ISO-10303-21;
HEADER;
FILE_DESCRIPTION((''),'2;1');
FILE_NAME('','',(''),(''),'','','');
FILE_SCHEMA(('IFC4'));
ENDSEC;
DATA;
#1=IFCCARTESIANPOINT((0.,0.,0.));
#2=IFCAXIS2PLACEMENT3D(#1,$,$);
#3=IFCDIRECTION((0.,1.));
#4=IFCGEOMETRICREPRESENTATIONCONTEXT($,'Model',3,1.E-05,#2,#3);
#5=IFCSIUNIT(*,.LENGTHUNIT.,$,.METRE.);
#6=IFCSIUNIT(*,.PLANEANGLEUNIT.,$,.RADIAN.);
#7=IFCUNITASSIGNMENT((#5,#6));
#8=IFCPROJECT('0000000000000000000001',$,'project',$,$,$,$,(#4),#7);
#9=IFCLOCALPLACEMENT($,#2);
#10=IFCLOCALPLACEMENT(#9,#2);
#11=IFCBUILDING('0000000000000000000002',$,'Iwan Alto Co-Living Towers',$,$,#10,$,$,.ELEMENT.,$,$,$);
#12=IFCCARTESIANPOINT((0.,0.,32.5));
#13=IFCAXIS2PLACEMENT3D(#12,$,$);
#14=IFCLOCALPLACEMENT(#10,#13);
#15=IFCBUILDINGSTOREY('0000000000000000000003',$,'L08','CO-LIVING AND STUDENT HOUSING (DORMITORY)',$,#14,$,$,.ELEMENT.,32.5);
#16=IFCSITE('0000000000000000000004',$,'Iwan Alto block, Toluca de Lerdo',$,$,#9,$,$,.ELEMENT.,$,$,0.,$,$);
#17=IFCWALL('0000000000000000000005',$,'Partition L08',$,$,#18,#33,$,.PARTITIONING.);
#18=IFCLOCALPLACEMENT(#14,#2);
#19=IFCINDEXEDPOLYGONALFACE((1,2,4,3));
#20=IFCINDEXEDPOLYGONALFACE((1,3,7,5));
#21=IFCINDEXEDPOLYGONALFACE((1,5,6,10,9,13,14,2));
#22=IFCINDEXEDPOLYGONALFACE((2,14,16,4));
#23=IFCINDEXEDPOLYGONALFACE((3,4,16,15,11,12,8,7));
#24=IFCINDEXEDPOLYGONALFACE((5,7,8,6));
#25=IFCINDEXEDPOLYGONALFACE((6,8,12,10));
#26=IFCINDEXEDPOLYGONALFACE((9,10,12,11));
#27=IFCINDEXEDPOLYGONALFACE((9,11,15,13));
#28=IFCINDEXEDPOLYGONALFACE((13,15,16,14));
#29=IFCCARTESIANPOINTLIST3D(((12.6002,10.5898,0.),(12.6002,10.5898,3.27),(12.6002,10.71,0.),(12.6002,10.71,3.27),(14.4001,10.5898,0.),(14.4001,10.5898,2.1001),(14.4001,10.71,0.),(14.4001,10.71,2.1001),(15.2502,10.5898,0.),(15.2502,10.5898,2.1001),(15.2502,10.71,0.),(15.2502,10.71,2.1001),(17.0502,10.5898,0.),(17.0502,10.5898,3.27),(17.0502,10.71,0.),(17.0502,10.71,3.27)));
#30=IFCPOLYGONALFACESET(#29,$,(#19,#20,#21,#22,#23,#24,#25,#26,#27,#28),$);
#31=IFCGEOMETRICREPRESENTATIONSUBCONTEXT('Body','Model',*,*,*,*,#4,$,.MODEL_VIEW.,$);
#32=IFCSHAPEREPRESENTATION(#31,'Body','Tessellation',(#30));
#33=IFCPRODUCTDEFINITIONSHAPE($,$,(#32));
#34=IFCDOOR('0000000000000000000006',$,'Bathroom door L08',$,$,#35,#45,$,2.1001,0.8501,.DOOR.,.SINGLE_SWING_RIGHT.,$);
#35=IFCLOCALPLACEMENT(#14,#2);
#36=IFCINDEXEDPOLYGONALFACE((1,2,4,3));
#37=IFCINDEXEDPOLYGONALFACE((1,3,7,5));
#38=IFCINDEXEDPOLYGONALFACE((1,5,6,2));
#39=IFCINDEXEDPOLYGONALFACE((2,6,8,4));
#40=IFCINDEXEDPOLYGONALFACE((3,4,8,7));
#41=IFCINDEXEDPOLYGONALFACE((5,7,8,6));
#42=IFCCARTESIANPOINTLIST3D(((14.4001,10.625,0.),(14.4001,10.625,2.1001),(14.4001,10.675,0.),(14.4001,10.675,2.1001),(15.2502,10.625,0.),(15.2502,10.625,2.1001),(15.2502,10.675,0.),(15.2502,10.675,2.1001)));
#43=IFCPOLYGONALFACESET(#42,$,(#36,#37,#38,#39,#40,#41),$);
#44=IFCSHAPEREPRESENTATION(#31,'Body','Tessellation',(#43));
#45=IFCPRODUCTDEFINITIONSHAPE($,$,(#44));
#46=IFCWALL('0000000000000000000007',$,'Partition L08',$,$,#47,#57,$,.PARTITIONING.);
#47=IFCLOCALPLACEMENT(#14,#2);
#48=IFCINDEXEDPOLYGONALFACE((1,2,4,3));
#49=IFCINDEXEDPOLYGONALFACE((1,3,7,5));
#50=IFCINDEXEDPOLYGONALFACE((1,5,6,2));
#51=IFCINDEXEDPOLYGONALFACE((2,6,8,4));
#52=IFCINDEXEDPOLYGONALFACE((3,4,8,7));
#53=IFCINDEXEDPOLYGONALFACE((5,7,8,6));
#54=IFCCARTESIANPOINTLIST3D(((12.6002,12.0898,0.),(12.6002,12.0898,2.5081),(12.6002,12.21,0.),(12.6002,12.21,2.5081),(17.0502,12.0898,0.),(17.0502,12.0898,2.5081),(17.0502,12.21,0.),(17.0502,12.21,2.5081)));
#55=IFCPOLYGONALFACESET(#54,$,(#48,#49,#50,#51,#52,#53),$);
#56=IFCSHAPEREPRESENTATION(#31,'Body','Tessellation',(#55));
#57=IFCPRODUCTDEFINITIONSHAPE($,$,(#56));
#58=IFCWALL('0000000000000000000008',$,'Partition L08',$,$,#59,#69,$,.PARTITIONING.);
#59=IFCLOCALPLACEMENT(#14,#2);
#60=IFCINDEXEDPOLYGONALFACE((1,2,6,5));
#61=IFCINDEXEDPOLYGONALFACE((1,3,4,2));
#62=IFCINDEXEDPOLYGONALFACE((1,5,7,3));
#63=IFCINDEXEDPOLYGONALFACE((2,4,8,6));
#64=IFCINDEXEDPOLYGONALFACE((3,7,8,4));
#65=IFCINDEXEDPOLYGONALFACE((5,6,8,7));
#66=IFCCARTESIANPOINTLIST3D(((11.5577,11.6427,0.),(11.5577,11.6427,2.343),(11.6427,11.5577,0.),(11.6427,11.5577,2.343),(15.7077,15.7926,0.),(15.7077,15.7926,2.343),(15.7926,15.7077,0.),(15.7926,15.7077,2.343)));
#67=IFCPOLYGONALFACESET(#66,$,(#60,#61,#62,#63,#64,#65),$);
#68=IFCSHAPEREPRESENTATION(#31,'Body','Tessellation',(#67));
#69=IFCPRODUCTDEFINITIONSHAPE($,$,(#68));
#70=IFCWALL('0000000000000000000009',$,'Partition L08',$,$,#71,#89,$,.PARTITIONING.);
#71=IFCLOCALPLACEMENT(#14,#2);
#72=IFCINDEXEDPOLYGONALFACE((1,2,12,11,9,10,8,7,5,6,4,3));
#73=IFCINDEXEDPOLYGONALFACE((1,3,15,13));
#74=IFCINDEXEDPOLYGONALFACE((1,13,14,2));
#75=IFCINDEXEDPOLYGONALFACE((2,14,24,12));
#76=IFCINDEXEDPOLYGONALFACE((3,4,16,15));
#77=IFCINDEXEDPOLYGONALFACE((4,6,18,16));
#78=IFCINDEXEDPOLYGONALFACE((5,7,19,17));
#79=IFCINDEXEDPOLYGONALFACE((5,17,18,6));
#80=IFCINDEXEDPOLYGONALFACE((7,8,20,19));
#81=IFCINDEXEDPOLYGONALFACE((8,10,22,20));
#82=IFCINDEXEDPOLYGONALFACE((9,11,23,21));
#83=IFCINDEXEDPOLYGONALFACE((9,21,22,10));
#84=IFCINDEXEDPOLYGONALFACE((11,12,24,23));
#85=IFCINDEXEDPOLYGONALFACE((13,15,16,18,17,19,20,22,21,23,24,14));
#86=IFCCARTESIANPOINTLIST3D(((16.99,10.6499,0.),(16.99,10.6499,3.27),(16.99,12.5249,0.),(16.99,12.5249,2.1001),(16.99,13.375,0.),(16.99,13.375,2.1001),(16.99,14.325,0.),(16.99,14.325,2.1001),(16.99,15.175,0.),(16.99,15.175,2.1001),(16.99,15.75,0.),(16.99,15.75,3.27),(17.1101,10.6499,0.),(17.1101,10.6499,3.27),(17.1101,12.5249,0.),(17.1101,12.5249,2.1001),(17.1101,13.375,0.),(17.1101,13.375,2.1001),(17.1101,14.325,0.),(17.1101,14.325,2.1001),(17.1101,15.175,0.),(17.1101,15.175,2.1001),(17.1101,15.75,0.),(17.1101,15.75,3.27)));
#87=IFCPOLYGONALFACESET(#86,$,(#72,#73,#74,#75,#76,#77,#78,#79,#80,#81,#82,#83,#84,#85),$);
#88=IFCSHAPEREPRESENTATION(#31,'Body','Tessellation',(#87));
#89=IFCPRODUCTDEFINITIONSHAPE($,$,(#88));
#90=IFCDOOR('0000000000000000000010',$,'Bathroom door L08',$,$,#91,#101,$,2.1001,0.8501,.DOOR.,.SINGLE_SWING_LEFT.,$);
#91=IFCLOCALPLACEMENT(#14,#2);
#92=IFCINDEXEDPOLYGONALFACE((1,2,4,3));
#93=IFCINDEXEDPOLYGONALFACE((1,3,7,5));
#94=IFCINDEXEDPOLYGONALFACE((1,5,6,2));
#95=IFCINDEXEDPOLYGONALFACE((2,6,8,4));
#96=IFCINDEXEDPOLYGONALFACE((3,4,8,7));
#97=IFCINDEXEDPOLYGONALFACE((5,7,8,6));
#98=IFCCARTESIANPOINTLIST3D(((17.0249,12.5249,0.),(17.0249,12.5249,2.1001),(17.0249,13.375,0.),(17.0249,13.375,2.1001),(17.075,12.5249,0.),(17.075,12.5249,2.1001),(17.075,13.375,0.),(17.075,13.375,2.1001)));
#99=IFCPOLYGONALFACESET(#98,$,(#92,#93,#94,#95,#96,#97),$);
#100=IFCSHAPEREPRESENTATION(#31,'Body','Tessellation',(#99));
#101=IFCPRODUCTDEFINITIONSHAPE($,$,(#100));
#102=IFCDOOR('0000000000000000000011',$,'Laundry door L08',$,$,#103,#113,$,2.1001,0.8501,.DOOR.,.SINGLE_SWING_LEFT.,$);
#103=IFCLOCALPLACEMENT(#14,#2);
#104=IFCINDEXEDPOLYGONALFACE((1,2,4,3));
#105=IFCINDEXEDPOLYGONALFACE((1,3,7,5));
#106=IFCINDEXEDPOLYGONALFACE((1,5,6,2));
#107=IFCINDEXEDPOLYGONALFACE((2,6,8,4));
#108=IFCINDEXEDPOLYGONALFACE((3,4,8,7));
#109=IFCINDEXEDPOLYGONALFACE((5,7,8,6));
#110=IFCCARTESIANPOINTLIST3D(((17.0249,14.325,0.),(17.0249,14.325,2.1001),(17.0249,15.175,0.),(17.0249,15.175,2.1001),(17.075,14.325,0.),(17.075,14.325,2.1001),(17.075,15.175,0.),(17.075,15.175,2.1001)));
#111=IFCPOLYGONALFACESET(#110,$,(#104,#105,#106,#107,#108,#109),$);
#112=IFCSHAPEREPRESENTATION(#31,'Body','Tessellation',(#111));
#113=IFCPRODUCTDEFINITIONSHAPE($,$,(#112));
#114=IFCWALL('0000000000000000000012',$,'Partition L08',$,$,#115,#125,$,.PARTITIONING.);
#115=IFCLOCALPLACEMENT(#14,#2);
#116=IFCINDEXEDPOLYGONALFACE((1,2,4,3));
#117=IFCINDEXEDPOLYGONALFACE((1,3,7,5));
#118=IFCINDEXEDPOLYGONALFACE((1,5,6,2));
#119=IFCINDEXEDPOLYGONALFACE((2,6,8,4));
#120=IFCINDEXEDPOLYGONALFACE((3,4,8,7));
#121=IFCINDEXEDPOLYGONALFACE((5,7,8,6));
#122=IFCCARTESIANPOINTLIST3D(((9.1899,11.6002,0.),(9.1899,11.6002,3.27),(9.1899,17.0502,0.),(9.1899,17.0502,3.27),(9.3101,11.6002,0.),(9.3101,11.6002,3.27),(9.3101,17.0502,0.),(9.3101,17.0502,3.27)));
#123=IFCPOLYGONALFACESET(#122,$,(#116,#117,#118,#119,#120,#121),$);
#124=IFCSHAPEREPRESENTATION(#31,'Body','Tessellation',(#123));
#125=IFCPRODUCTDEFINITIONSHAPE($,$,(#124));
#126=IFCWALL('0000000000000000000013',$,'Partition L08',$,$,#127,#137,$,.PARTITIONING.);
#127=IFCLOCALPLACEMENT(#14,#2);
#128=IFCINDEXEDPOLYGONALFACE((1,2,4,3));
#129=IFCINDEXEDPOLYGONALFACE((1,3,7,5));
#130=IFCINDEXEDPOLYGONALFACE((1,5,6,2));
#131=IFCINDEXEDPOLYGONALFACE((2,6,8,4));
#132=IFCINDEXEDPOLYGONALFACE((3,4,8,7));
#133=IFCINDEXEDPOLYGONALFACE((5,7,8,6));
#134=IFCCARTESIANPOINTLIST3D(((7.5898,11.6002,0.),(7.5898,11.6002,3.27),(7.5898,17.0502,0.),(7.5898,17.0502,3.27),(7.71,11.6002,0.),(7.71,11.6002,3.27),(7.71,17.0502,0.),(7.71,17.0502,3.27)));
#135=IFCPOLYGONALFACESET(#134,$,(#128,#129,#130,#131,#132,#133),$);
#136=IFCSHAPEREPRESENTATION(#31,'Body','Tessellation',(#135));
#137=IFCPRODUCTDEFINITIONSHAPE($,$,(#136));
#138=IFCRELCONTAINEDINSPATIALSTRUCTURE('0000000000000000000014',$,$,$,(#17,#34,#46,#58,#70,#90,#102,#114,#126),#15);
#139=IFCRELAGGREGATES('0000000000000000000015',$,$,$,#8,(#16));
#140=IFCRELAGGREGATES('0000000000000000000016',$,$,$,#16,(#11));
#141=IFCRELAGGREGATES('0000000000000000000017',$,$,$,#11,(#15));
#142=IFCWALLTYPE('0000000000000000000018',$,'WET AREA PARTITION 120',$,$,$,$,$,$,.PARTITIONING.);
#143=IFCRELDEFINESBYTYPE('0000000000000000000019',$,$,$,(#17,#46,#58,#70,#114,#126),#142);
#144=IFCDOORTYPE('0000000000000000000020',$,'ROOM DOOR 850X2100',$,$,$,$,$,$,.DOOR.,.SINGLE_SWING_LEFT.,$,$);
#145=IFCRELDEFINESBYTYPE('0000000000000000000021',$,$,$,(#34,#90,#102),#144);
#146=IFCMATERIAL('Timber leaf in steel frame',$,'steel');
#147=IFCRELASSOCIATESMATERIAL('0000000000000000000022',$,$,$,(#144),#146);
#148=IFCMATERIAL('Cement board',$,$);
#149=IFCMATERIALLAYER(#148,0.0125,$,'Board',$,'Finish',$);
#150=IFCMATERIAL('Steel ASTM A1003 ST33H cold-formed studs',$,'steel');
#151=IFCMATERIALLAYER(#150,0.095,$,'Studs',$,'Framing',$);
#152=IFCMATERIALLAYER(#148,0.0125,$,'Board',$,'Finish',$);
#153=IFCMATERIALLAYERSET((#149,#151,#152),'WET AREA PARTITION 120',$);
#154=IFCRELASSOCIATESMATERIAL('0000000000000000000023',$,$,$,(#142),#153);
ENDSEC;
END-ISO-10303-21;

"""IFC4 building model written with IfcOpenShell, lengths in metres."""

from ifc_helpers import new_model, si_unit, direction, frame, frame_2d, origin, place, context, subcontext, project, spatial, rectangle, extrude, material, layer, layer_set, type_object, element, fill, save


model = new_model("IFC4")

# Units and contexts
model_context = context("Model", 3, precision=1e-05, world=origin(), true_north=direction((0.0, 1.0)))
body_context = subcontext(model_context, "Body", "Model", "MODEL_VIEW")
ifc_project = project(units=[si_unit("LENGTHUNIT", "METRE"), si_unit("PLANEANGLEUNIT", "RADIAN")], contexts=[model_context])

# Site, building, storey
site_placement = place(None, origin())
site = spatial("IfcSite", under=ifc_project, at=site_placement, Name="Iwan Alto block, Toluca de Lerdo", CompositionType="ELEMENT", RefElevation=0.0)
building_placement = place(site_placement, origin())
building = spatial("IfcBuilding", under=site, at=building_placement, Name="Iwan Alto Co-Living Towers", CompositionType="ELEMENT")
storey_placement = place(building_placement, frame((0.0, 0.0, 32.5)))
storey = spatial("IfcBuildingStorey", under=building, at=storey_placement, Name="L08", Description="CO-LIVING AND STUDENT HOUSING (DORMITORY)", CompositionType="ELEMENT", Elevation=32.5)

# Shared definitions
ifc_material_1 = material(Name="Steel ASTM A1003 ST33H cold-formed studs", Category="steel")

# Shared definitions
ifc_material_2 = material(Name="Timber leaf in steel frame", Category="steel")
door_type_1 = type_object("IfcDoorType", Name="ROOM DOOR 850X2100", OperationType="SINGLE_SWING_LEFT", PredefinedType="DOOR", material=ifc_material_2)

# Wall, opening, door
ifc_material_3 = material(Name="Cement board")
ifc_layer_1 = layer(ifc_material_3, 0.0125, Name="Board", Category="Finish")
ifc_layer_2 = layer(ifc_material_1, 0.095, Name="Studs", Category="Framing")
ifc_layer_3 = layer(ifc_material_3, 0.0125, Name="Board", Category="Finish")
ifc_layer_set_1 = layer_set([ifc_layer_1, ifc_layer_2, ifc_layer_3], Name="WET AREA PARTITION 120")
wall_type_1 = type_object("IfcWallType", Name="WET AREA PARTITION 120", PredefinedType="PARTITIONING", material=ifc_layer_set_1)
wall_1_placement = place(storey_placement, frame((12.6001, 10.6499, 0.0), z_axis=(0.0, 0.0, 1.0), x_axis=(1.0, 0.0, 0.0)))
wall_1 = element("IfcWall", 1, at=wall_1_placement, inside=storey, type_object=wall_type_1, Name="Partition L08", PredefinedType="PARTITIONING", context=body_context, shape_type="SweptSolid", body=[
    extrude(rectangle(XDim=4.45, YDim=0.1201, at=frame_2d((2.2251, 0.0))), origin(), (0.0, 0.0, 1.0), 3.27),
])
opening_1_placement = place(wall_1_placement, frame((1.8, 0.0, 0.0)))
opening_1 = element("IfcOpeningElement", 2, at=opening_1_placement, cuts=wall_1, PredefinedType="OPENING", context=body_context, shape_type="SweptSolid", body=[
    extrude(rectangle(XDim=0.8501, YDim=2.1001, at=frame_2d((0.425, 1.05))), frame((0.0, 0.0701, 0.0), z_axis=(0.0, -1.0, 0.0), x_axis=(1.0, 0.0, 0.0)), (0.0, 0.0, 1.0), 0.1401),
])
door_1_placement = place(opening_1_placement, frame((0.8501, 0.0, 0.0), z_axis=(0.0, 0.0, 1.0), x_axis=(-1.0, 0.0, 0.0)))
door_1 = element("IfcDoor", 3, at=door_1_placement, inside=storey, type_object=door_type_1, Name="Bathroom door L08", OperationType="SINGLE_SWING_RIGHT", OverallHeight=2.1001, OverallWidth=0.8501, PredefinedType="DOOR", context=body_context, shape_type="SweptSolid", body=[
    extrude(rectangle(XDim=0.8501, YDim=2.1001, at=frame_2d((0.425, 1.05))), frame((0.0, 0.0249, 0.0), z_axis=(0.0, -1.0, 0.0), x_axis=(1.0, 0.0, 0.0)), (0.0, 0.0, 1.0), 0.05),
])
fill(opening_1, door_1)

# Walls
wall_2_placement = place(storey_placement, frame((12.6001, 12.1499, 0.0), z_axis=(0.0, 0.0, 1.0), x_axis=(1.0, 0.0, 0.0)))
element("IfcWall", 4, at=wall_2_placement, inside=storey, type_object=wall_type_1, Name="Partition L08", PredefinedType="PARTITIONING", context=body_context, shape_type="SweptSolid", body=[
    extrude(rectangle(XDim=4.45, YDim=0.1201, at=frame_2d((2.2251, 0.0))), origin(), (0.0, 0.0, 1.0), 2.5081),
])
wall_3_placement = place(storey_placement, frame((11.6001, 11.6001, 0.0), z_axis=(0.0, 0.0, 1.0), x_axis=(0.707107, 0.707107, 0.0)))
element("IfcWall", 5, at=wall_3_placement, inside=storey, type_object=wall_type_1, Name="Partition L08", PredefinedType="PARTITIONING", context=body_context, shape_type="SweptSolid", body=[
    extrude(rectangle(XDim=5.8689, YDim=0.1201, at=frame_2d((2.9346, 0.0))), origin(), (0.0, 0.0, 1.0), 2.343),
])

# Wall, openings, doors
wall_4_placement = place(storey_placement, frame((17.05, 10.6499, 0.0), z_axis=(0.0, 0.0, 1.0), x_axis=(0.0, 1.0, 0.0)))
wall_4 = element("IfcWall", 6, at=wall_4_placement, inside=storey, type_object=wall_type_1, Name="Partition L08", PredefinedType="PARTITIONING", context=body_context, shape_type="SweptSolid", body=[
    extrude(rectangle(XDim=5.1001, YDim=0.1201, at=frame_2d((2.55, 0.0))), origin(), (0.0, 0.0, 1.0), 3.27),
])
opening_2_placement = place(wall_4_placement, frame((1.875, 0.0, 0.0)))
opening_2 = element("IfcOpeningElement", 7, at=opening_2_placement, cuts=wall_4, PredefinedType="OPENING", context=body_context, shape_type="SweptSolid", body=[
    extrude(rectangle(XDim=0.8501, YDim=2.1001, at=frame_2d((0.425, 1.05))), frame((0.0, 0.0701, 0.0), z_axis=(0.0, -1.0, 0.0), x_axis=(1.0, 0.0, 0.0)), (0.0, 0.0, 1.0), 0.1401),
])
opening_3_placement = place(wall_4_placement, frame((3.675, 0.0, 0.0)))
opening_3 = element("IfcOpeningElement", 8, at=opening_3_placement, cuts=wall_4, PredefinedType="OPENING", context=body_context, shape_type="SweptSolid", body=[
    extrude(rectangle(XDim=0.8501, YDim=2.1001, at=frame_2d((0.425, 1.05))), frame((0.0, 0.0701, 0.0), z_axis=(0.0, -1.0, 0.0), x_axis=(1.0, 0.0, 0.0)), (0.0, 0.0, 1.0), 0.1401),
])
door_2_placement = place(opening_2_placement, frame((0.8501, 0.0, 0.0), z_axis=(0.0, 0.0, 1.0), x_axis=(-1.0, 0.0, 0.0)))
door_2 = element("IfcDoor", 9, at=door_2_placement, inside=storey, type_object=door_type_1, Name="Bathroom door L08", OperationType="SINGLE_SWING_LEFT", OverallHeight=2.1001, OverallWidth=0.8501, PredefinedType="DOOR", context=body_context, shape_type="SweptSolid", body=[
    extrude(rectangle(XDim=0.8501, YDim=2.1001, at=frame_2d((0.425, 1.05))), frame((0.0, 0.0249, 0.0), z_axis=(0.0, -1.0, 0.0), x_axis=(1.0, 0.0, 0.0)), (0.0, 0.0, 1.0), 0.05),
])
fill(opening_2, door_2)
door_3_placement = place(opening_3_placement, frame((0.8501, 0.0, 0.0), z_axis=(0.0, 0.0, 1.0), x_axis=(-1.0, 0.0, 0.0)))
door_3 = element("IfcDoor", 10, at=door_3_placement, inside=storey, type_object=door_type_1, Name="Laundry door L08", OperationType="SINGLE_SWING_LEFT", OverallHeight=2.1001, OverallWidth=0.8501, PredefinedType="DOOR", context=body_context, shape_type="SweptSolid", body=[
    extrude(rectangle(XDim=0.8501, YDim=2.1001, at=frame_2d((0.425, 1.05))), frame((0.0, 0.0249, 0.0), z_axis=(0.0, -1.0, 0.0), x_axis=(1.0, 0.0, 0.0)), (0.0, 0.0, 1.0), 0.05),
])
fill(opening_3, door_3)

# Walls
for number, where, z_axis, x_axis, name in (
    (11, (9.25, 11.6001, 0.0), (0.0, 0.0, 1.0), (0.0, 1.0, 0.0), "Partition L08"),
    (12, (7.6499, 11.6001, 0.0), (0.0, 0.0, 1.0), (0.0, 1.0, 0.0), "Partition L08"),
):
    element("IfcWall", number, at=place(storey_placement, frame(where, z_axis=z_axis, x_axis=x_axis)), inside=storey, type_object=wall_type_1, Name=name, PredefinedType="PARTITIONING", context=body_context, shape_type="SweptSolid", body=[
        extrude(rectangle(XDim=5.45, YDim=0.1201, at=frame_2d((2.7251, 0.0))), origin(), (0.0, 0.0, 1.0), 3.27),
    ])

save(model, "model.ifc")
